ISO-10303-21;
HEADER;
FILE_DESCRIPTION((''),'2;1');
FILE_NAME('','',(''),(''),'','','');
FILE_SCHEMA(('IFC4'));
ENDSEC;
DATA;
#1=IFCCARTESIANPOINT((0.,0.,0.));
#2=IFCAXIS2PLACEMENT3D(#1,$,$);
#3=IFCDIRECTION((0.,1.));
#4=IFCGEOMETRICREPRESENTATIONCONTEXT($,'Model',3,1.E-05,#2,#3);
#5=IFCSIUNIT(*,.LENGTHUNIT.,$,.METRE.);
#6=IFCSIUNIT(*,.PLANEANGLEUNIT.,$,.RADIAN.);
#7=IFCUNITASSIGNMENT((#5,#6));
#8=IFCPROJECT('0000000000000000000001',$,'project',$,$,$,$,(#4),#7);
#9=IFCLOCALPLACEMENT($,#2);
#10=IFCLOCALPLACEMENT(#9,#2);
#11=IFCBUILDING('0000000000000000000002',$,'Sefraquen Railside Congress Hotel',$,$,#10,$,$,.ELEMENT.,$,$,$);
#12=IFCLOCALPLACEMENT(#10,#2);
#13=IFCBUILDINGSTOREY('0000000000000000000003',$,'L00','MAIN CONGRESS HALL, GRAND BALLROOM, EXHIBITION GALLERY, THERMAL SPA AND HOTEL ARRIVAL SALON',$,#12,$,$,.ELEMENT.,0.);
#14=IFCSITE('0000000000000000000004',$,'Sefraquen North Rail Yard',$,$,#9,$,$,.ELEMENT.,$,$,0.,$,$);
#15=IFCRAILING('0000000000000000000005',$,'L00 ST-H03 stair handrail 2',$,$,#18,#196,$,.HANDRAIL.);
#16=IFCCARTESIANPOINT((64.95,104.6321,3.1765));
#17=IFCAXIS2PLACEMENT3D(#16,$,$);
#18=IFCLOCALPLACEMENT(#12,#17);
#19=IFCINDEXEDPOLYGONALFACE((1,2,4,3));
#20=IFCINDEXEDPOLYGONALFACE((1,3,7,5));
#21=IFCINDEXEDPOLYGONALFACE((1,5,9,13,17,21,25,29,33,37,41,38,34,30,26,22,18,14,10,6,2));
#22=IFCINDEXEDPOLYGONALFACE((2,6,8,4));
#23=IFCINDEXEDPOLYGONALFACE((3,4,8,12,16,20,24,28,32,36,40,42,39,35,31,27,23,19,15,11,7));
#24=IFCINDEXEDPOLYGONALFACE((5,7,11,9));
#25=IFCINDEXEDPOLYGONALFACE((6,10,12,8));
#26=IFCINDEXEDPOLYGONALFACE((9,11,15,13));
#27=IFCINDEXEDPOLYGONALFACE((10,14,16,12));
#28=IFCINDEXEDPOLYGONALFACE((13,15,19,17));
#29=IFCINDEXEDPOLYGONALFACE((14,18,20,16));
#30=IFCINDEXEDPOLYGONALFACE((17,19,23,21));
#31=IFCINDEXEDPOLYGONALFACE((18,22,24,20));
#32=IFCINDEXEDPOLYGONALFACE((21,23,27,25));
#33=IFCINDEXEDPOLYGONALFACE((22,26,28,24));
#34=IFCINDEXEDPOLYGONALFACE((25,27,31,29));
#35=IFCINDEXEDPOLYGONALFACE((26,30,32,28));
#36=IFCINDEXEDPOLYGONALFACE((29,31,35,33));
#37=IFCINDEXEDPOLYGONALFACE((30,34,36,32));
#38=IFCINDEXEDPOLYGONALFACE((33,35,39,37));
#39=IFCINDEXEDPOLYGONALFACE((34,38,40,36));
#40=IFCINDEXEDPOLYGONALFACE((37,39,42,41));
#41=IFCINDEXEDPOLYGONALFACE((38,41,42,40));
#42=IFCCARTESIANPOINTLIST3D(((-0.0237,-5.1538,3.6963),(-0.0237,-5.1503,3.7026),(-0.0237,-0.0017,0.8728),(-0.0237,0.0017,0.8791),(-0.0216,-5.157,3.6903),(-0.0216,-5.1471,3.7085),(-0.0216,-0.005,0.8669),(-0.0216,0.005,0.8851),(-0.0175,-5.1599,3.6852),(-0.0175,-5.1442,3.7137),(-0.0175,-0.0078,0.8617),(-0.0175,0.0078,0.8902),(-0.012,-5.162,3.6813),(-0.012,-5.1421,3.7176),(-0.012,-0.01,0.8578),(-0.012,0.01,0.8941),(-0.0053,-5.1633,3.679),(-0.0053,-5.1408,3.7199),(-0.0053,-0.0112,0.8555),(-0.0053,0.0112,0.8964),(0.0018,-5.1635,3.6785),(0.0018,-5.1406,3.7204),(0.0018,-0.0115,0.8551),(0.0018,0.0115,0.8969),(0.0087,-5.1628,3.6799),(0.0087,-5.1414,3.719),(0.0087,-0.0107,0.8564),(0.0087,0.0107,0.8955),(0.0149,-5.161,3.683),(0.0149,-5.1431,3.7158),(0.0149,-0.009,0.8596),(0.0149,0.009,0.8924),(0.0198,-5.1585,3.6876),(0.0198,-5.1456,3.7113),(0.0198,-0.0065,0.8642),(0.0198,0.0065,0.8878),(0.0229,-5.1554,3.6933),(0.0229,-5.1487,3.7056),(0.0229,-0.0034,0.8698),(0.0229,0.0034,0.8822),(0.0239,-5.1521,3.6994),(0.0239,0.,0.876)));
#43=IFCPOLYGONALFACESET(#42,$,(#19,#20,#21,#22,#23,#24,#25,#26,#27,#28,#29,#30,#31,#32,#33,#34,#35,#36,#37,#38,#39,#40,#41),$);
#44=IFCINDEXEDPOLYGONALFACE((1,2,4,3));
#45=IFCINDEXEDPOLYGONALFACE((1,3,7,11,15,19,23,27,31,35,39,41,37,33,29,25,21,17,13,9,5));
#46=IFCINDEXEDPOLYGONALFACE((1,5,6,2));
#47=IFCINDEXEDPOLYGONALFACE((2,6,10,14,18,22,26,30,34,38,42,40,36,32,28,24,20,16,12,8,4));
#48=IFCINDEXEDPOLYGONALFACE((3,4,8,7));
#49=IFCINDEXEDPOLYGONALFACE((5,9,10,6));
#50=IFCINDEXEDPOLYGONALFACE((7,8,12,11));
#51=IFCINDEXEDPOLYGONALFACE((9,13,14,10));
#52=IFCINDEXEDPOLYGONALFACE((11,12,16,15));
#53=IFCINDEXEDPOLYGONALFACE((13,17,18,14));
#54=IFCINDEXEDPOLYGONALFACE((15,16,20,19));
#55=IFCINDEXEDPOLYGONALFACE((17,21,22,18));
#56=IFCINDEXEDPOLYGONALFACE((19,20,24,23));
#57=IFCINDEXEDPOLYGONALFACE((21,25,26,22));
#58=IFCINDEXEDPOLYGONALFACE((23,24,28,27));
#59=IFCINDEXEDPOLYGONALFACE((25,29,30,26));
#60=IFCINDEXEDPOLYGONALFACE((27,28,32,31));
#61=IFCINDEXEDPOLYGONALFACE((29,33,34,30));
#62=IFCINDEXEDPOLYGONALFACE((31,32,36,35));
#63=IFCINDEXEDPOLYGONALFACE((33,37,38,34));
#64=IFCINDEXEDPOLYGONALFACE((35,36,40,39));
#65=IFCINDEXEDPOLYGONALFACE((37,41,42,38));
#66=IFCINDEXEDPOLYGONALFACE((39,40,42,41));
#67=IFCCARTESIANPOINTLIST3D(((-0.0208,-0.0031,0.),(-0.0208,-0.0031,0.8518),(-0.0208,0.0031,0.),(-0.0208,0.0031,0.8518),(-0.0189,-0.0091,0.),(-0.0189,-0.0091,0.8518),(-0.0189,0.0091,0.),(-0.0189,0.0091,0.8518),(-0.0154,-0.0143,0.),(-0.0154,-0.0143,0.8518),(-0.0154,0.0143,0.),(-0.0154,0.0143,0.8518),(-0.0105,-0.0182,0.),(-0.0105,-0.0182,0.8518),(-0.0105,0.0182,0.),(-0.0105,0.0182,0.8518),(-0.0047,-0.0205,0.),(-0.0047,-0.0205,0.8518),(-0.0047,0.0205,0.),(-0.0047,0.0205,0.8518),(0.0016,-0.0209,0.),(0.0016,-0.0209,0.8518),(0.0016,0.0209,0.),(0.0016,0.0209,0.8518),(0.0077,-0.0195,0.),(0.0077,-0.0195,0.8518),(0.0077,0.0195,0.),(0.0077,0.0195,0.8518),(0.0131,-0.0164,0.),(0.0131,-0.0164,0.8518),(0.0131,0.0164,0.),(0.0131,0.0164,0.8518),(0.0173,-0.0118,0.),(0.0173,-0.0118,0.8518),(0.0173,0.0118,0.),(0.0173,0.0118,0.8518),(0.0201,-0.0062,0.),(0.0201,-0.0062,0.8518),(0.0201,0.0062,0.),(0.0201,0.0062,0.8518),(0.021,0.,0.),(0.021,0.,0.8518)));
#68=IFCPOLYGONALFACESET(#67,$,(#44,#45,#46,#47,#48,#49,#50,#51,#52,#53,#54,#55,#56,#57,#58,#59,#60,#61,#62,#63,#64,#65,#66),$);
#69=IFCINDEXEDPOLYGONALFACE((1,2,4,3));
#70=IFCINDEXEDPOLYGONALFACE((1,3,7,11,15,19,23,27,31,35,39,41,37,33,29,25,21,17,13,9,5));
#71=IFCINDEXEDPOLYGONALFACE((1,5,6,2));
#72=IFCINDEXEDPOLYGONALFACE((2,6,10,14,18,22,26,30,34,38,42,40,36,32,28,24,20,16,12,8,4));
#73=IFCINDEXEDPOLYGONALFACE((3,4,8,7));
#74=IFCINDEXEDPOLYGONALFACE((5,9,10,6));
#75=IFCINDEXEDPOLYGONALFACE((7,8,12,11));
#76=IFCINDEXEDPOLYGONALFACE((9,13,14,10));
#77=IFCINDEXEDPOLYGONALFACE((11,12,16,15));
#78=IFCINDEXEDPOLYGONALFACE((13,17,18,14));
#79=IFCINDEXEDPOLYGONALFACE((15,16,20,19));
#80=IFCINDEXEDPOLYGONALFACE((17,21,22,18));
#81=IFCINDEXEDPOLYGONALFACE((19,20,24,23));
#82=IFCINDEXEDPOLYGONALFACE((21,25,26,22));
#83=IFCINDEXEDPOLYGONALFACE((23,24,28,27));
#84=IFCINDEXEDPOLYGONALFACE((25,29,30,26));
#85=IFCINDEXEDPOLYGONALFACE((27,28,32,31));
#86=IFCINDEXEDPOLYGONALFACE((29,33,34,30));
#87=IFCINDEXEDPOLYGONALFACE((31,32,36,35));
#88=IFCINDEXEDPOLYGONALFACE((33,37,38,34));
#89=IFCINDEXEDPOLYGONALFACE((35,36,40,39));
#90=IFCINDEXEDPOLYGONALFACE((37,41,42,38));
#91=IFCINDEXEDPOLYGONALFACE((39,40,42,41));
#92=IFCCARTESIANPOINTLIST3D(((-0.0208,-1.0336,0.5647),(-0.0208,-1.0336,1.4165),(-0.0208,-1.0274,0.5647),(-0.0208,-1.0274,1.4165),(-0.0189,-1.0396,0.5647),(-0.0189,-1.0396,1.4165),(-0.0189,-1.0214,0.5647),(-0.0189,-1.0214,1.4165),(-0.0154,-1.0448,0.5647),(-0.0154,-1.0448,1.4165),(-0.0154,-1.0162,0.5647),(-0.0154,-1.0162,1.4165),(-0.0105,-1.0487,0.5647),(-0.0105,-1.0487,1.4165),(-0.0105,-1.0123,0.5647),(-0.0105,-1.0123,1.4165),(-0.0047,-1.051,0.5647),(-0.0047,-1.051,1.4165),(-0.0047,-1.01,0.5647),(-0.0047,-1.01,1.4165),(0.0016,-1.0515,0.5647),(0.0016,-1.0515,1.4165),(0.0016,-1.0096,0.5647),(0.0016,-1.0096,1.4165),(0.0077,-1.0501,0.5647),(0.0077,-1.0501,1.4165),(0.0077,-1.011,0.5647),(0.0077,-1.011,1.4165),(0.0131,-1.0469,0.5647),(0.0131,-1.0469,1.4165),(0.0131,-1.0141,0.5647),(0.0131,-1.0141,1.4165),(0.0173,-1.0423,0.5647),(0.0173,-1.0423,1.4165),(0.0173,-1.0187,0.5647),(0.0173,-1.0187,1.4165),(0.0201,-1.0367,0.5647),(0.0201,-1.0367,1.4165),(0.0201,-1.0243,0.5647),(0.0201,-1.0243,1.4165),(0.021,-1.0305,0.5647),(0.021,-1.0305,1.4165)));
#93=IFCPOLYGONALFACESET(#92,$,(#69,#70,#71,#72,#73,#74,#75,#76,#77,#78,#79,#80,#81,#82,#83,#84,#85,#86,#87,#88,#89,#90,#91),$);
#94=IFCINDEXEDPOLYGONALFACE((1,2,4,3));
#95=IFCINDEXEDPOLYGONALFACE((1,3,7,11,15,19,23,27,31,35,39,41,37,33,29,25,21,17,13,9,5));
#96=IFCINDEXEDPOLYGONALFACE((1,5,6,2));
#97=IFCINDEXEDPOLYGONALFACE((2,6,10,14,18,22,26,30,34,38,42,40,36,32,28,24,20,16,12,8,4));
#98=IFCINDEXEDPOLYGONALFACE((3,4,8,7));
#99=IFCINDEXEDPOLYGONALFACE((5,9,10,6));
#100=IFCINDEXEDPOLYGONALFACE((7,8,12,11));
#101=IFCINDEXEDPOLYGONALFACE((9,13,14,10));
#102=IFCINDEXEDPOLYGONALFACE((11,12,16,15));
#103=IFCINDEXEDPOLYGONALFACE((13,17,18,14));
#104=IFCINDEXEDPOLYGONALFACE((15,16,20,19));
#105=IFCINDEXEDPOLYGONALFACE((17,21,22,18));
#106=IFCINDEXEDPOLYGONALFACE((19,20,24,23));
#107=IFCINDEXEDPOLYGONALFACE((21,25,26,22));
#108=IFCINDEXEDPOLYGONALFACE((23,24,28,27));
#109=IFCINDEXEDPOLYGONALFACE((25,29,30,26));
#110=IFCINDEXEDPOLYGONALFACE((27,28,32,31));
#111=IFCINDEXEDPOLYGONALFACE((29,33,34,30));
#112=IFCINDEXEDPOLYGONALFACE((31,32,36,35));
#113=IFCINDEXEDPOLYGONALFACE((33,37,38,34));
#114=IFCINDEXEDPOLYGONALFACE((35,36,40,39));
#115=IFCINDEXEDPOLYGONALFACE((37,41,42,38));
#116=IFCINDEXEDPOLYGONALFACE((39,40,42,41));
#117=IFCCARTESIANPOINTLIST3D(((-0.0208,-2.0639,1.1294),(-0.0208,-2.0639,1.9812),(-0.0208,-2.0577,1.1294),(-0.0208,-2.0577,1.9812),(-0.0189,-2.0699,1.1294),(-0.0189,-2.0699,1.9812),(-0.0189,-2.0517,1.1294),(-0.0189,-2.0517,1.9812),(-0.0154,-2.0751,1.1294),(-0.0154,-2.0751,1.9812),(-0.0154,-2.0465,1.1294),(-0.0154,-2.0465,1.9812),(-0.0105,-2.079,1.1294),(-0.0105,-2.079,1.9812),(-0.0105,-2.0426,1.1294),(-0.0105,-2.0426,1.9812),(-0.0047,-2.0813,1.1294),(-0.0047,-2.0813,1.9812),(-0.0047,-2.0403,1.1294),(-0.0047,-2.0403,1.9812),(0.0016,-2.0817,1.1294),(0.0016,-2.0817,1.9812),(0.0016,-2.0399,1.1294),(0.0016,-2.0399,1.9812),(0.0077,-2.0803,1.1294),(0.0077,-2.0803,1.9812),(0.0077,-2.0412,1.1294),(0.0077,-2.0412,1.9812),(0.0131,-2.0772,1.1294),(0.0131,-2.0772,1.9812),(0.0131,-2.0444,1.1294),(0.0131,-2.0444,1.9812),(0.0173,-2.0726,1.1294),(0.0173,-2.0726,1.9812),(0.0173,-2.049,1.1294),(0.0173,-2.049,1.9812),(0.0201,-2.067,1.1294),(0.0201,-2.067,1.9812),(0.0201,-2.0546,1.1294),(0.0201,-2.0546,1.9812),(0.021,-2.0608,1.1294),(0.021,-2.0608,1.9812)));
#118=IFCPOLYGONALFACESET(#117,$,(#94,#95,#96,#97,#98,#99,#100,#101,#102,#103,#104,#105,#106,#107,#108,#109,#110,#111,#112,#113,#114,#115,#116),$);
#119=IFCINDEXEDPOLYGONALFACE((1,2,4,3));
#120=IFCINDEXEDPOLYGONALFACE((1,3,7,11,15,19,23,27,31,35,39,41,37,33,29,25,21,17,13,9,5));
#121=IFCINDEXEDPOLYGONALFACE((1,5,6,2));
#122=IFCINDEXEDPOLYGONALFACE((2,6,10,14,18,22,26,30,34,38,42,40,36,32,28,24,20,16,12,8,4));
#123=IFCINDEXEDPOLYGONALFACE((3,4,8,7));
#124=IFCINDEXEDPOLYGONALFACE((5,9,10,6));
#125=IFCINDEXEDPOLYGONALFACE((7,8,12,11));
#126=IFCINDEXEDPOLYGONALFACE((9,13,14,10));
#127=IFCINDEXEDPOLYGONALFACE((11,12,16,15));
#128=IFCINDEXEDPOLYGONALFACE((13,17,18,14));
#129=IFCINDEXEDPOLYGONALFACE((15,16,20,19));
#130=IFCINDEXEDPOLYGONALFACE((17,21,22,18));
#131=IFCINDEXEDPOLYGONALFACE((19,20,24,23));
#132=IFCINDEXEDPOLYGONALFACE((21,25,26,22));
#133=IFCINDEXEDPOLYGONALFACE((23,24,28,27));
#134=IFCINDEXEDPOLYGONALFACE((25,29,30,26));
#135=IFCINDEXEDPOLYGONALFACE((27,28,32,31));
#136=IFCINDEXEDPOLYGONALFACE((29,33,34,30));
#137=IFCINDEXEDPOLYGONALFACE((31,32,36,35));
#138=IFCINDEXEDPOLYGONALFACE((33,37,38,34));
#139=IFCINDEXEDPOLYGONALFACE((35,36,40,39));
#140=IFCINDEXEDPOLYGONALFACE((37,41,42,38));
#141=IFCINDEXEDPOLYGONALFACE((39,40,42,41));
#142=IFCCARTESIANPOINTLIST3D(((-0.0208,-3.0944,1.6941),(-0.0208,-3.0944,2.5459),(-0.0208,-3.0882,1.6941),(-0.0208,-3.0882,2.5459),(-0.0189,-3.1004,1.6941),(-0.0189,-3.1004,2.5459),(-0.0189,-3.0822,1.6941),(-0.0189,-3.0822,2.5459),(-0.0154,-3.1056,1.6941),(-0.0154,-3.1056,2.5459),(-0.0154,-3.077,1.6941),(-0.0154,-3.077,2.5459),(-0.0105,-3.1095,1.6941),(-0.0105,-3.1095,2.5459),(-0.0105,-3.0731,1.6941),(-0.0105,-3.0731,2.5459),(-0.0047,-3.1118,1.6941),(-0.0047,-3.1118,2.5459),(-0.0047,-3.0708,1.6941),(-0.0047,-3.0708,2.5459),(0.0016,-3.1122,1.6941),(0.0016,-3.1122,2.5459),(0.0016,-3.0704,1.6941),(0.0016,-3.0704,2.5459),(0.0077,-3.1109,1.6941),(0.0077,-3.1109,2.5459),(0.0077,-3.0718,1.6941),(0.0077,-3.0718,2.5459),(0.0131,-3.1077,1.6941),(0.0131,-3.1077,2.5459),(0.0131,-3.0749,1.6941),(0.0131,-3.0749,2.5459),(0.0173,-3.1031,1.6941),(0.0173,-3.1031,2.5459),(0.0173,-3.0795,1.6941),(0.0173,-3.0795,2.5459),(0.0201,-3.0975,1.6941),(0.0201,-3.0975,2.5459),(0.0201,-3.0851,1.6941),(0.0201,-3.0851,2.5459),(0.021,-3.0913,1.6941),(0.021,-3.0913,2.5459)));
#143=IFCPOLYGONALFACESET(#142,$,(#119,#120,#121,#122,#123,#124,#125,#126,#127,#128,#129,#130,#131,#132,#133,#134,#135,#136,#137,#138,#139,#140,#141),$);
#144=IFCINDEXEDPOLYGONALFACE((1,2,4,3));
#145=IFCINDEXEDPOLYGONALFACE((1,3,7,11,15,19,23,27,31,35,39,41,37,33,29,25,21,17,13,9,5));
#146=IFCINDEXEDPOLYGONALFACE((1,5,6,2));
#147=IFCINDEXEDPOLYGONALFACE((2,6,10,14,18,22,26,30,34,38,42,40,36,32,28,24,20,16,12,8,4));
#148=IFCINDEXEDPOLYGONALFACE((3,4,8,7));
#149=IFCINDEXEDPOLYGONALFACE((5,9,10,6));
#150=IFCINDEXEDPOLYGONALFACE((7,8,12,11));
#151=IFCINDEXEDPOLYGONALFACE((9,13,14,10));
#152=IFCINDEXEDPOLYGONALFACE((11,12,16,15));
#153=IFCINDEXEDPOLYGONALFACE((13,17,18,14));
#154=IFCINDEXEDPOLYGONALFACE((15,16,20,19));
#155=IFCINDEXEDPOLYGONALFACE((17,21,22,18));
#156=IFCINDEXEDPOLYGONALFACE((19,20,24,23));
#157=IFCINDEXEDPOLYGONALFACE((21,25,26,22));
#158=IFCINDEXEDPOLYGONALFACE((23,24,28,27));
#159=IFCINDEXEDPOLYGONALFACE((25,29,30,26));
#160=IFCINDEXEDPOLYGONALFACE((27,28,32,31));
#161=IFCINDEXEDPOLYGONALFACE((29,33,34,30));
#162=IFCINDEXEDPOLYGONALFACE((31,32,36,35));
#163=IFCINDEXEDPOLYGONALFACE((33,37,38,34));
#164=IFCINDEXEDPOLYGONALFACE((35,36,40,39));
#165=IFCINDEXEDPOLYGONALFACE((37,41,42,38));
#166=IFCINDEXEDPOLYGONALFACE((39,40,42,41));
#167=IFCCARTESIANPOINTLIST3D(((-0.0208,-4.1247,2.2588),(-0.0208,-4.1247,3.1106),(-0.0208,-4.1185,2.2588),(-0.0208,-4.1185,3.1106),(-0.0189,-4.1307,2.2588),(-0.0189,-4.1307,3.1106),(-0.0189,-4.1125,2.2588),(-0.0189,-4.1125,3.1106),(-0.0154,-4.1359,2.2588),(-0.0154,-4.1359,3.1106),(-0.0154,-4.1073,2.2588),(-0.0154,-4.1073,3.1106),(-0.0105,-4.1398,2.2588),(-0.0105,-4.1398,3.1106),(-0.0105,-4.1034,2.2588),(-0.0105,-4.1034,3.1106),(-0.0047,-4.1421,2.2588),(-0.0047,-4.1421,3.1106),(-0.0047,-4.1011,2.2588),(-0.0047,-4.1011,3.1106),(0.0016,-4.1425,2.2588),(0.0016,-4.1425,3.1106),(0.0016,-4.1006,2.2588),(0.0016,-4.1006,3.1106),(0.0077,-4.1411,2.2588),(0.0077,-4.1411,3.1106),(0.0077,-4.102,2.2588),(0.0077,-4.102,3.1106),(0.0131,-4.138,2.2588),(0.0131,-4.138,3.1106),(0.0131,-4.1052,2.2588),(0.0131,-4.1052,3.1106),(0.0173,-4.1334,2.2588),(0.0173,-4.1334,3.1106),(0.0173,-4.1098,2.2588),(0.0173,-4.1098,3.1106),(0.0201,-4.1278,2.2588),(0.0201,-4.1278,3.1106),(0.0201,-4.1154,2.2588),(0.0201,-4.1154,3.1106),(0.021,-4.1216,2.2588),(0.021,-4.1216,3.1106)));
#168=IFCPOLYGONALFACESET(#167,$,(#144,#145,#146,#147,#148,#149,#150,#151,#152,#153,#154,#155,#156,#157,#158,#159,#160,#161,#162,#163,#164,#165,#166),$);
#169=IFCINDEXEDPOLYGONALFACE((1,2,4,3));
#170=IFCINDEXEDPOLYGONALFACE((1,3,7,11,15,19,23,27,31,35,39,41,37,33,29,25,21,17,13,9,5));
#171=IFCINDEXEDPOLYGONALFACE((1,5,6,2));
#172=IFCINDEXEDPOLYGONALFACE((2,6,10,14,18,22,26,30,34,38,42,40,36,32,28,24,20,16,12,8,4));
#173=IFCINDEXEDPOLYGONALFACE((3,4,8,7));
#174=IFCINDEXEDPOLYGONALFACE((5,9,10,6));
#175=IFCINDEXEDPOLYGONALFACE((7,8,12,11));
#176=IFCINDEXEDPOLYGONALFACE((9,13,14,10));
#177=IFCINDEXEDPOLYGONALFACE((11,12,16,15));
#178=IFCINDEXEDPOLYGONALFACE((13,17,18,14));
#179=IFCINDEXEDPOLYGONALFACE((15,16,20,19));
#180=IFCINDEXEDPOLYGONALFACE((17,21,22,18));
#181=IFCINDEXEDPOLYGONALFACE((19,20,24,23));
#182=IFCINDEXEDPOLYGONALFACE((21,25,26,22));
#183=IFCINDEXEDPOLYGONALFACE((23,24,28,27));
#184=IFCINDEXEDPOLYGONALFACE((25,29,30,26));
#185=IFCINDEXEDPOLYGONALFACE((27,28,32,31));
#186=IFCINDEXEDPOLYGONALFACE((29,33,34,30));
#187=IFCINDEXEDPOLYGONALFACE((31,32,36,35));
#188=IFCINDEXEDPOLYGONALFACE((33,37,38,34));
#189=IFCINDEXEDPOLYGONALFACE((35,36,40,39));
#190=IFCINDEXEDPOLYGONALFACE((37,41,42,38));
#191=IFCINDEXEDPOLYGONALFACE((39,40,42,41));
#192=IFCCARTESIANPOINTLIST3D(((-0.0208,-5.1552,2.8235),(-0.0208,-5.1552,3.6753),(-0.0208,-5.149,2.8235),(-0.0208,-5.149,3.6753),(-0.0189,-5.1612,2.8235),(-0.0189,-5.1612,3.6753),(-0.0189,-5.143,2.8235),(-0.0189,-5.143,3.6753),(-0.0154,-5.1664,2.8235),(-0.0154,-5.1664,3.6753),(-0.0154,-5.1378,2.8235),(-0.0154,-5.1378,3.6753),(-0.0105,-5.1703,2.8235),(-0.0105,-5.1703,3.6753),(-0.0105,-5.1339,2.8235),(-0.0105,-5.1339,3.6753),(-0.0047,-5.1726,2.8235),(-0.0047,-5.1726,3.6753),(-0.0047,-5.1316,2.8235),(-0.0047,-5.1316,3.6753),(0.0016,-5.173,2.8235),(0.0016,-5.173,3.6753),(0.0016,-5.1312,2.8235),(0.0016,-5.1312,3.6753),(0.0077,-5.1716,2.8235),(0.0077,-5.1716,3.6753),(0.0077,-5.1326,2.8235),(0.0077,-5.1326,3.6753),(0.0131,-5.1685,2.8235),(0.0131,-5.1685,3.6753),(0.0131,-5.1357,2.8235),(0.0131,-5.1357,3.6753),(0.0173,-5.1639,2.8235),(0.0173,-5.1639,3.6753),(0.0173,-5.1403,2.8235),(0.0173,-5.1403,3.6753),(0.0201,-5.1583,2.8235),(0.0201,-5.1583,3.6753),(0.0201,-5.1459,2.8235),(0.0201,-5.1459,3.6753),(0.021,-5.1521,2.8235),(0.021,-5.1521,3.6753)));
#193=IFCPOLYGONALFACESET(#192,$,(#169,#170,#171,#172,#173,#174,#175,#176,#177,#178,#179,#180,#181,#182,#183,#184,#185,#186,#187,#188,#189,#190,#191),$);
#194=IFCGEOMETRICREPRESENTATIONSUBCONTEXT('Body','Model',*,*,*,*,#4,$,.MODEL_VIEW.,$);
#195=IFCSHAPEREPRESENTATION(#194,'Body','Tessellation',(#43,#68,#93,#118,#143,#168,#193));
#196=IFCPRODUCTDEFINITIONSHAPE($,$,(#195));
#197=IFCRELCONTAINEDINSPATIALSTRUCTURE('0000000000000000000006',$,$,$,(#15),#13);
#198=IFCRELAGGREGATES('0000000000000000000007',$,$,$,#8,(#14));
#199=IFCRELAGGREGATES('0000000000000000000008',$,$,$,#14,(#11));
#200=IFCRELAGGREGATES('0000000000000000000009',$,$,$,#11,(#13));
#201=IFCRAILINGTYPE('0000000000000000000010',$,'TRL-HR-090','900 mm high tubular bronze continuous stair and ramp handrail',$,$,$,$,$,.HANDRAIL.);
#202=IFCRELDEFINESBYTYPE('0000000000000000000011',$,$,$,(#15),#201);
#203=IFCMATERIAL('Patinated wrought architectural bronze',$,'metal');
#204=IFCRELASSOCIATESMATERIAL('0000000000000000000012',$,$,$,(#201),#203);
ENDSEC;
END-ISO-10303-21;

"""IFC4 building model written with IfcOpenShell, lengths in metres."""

from ifc_helpers import new_model, si_unit, direction, frame, origin, origin_2d, place, context, subcontext, project, spatial, circle, extrude, material, type_object, element, save


model = new_model("IFC4")

# Units and contexts
model_context = context("Model", 3, precision=1e-05, world=origin(), true_north=direction((0.0, 1.0)))
body_context = subcontext(model_context, "Body", "Model", "MODEL_VIEW")
ifc_project = project(units=[si_unit("LENGTHUNIT", "METRE"), si_unit("PLANEANGLEUNIT", "RADIAN")], contexts=[model_context])

# Site, building, storey
site_placement = place(None, origin())
site = spatial("IfcSite", under=ifc_project, at=site_placement, Name="Sefraquen North Rail Yard", CompositionType="ELEMENT", RefElevation=0.0)
building_placement = place(site_placement, origin())
building = spatial("IfcBuilding", under=site, at=building_placement, Name="Sefraquen Railside Congress Hotel", CompositionType="ELEMENT")
storey_placement = place(building_placement, origin())
storey = spatial("IfcBuildingStorey", under=building, at=storey_placement, Name="L00", Description="MAIN CONGRESS HALL, GRAND BALLROOM, EXHIBITION GALLERY, THERMAL SPA AND HOTEL ARRIVAL SALON", CompositionType="ELEMENT", Elevation=0.0)

# Railing
ifc_material_1 = material(Name="Patinated wrought architectural bronze", Category="metal")
railing_type_1 = type_object("IfcRailingType", Name="TRL-HR-090", Description="900 mm high tubular bronze continuous stair and ramp handrail", PredefinedType="HANDRAIL", material=ifc_material_1)
railing_1_placement = place(storey_placement, frame((64.95, 104.6321, 3.1765)))
element("IfcRailing", 1, at=railing_1_placement, inside=storey, type_object=railing_type_1, Name="L00 ST-H03 stair handrail 2", PredefinedType="HANDRAIL", context=body_context, shape_type="SweptSolid", body=[
    extrude(circle(Radius=0.0239, at=origin_2d()), frame((0.0, 0.0, 0.876), z_axis=(0.0, -0.876946, 0.480589), x_axis=(1.0, 0.0, 0.0)), (0.0, 0.0, 1.0), 5.875),
    extrude(circle(Radius=0.021, at=origin_2d()), origin(), (0.0, 0.0, 1.0), 0.8518),
    extrude(circle(Radius=0.021, at=origin_2d()), frame((0.0, -1.0305, 0.5647)), (0.0, 0.0, 1.0), 0.8518),
    extrude(circle(Radius=0.021, at=origin_2d()), frame((0.0, -2.0608, 1.1294)), (0.0, 0.0, 1.0), 0.8518),
    extrude(circle(Radius=0.021, at=origin_2d()), frame((0.0, -3.0913, 1.6941)), (0.0, 0.0, 1.0), 0.8518),
    extrude(circle(Radius=0.021, at=origin_2d()), frame((0.0, -4.1216, 2.2588)), (0.0, 0.0, 1.0), 0.8518),
    extrude(circle(Radius=0.021, at=origin_2d()), frame((0.0, -5.1521, 2.8235)), (0.0, 0.0, 1.0), 0.8518),
])

save(model, "model.ifc")
